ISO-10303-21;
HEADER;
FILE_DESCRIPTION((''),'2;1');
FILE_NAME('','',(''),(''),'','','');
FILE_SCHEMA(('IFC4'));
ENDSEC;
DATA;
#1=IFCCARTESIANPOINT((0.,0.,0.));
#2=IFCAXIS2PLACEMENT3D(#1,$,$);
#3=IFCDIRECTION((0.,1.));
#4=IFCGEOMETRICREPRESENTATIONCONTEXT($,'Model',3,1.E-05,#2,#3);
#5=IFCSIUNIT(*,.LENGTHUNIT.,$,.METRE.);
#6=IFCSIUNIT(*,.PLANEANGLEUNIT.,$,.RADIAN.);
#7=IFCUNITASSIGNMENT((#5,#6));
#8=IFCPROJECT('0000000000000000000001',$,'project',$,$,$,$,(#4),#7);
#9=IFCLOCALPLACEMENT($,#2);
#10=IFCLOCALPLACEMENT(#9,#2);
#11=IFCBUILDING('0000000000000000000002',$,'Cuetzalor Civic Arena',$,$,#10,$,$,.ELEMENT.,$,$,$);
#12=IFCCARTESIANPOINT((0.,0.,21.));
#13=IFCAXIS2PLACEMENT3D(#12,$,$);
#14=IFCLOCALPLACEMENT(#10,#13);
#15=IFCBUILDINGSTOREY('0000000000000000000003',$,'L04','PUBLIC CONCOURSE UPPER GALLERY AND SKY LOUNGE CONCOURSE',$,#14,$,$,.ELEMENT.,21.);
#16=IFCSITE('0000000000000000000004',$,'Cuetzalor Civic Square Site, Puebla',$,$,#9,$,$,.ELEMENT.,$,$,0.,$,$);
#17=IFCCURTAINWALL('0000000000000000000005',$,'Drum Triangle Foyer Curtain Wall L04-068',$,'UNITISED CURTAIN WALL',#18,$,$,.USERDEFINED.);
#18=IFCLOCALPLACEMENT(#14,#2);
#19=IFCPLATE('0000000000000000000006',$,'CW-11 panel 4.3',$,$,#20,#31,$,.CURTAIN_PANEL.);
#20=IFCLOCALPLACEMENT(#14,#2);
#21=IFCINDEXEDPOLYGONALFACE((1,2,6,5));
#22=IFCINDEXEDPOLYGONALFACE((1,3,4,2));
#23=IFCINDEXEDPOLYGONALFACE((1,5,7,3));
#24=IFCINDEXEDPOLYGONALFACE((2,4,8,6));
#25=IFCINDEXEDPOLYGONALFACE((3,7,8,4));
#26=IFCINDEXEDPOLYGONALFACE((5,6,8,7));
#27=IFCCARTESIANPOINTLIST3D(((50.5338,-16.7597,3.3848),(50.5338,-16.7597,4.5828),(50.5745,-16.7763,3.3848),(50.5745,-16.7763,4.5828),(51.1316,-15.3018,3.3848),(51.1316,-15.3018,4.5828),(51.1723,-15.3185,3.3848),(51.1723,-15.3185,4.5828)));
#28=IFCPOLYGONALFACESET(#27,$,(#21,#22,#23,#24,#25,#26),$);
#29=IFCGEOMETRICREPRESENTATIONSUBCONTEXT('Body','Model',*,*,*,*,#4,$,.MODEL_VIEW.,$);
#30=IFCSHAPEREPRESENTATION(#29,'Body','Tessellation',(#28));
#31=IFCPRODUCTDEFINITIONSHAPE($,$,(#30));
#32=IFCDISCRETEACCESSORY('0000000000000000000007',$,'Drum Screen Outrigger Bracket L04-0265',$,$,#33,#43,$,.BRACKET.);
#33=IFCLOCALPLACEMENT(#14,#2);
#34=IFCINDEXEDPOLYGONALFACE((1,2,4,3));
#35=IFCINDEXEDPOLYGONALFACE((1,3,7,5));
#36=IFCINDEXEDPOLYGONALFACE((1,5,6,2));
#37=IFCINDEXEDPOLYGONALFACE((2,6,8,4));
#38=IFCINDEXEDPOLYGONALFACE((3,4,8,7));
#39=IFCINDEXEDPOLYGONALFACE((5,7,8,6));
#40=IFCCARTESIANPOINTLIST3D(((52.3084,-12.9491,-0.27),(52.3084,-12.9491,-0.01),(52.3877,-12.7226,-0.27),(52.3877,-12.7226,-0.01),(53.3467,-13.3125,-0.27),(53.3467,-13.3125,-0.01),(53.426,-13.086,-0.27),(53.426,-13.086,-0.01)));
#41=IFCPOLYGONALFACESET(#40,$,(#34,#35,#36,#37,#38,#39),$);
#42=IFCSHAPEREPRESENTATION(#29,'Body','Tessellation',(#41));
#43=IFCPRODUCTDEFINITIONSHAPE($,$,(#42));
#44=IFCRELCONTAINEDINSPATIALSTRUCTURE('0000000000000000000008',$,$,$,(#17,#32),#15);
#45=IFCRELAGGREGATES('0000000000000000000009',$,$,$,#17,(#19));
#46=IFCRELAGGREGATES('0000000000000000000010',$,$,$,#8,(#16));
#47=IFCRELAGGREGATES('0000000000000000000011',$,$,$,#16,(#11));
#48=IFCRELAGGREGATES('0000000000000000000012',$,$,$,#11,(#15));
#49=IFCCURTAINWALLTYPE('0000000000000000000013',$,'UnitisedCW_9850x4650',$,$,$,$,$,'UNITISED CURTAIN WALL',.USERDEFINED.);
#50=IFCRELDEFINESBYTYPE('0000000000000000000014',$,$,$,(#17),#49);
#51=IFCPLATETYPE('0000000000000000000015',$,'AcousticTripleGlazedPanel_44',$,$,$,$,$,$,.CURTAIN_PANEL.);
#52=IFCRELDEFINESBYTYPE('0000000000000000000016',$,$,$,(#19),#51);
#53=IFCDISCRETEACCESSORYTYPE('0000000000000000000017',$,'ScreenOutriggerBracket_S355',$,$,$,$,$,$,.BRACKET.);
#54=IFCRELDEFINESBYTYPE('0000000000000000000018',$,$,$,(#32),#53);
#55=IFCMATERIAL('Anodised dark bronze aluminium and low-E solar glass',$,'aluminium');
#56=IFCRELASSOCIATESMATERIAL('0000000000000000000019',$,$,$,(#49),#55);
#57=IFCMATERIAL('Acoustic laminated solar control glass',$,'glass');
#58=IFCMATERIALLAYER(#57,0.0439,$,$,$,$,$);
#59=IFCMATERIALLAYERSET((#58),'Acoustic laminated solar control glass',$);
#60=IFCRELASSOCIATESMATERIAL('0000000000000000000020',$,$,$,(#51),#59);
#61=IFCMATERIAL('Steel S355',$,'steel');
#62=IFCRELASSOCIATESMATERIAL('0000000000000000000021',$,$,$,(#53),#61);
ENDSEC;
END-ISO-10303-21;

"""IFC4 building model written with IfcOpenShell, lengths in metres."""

from ifc_helpers import new_model, si_unit, direction, frame, origin, origin_2d, place, context, subcontext, project, spatial, rectangle, extrude, material, layer, layer_set, type_object, element, aggregate, save


model = new_model("IFC4")

# Units and contexts
model_context = context("Model", 3, precision=1e-05, world=origin(), true_north=direction((0.0, 1.0)))
body_context = subcontext(model_context, "Body", "Model", "MODEL_VIEW")
ifc_project = project(units=[si_unit("LENGTHUNIT", "METRE"), si_unit("PLANEANGLEUNIT", "RADIAN")], contexts=[model_context])

# Site, building, storey
site_placement = place(None, origin())
site = spatial("IfcSite", under=ifc_project, at=site_placement, Name="Cuetzalor Civic Square Site, Puebla", CompositionType="ELEMENT", RefElevation=0.0)
building_placement = place(site_placement, origin())
building = spatial("IfcBuilding", under=site, at=building_placement, Name="Cuetzalor Civic Arena", CompositionType="ELEMENT")
storey_placement = place(building_placement, frame((0.0, 0.0, 21.0)))
storey = spatial("IfcBuildingStorey", under=building, at=storey_placement, Name="L04", Description="PUBLIC CONCOURSE UPPER GALLERY AND SKY LOUNGE CONCOURSE", CompositionType="ELEMENT", Elevation=21.0)

# Curtain wall
ifc_material_1 = material(Name="Anodised dark bronze aluminium and low-E solar glass", Category="aluminium")
curtain_wall_type = type_object("IfcCurtainWallType", Name="UnitisedCW_9850x4650", ElementType="UNITISED CURTAIN WALL", PredefinedType="USERDEFINED", material=ifc_material_1)
curtain_wall_placement = place(storey_placement, origin())
curtain_wall = element("IfcCurtainWall", 1, at=curtain_wall_placement, inside=storey, type_object=curtain_wall_type, Name="Drum Triangle Foyer Curtain Wall L04-068", ObjectType="UNITISED CURTAIN WALL", PredefinedType="USERDEFINED")

# Plate
ifc_material_2 = material(Name="Acoustic laminated solar control glass", Category="glass")
ifc_layer = layer(ifc_material_2, 0.0439)
ifc_layer_set = layer_set([ifc_layer], Name="Acoustic laminated solar control glass")
plate_type = type_object("IfcPlateType", Name="AcousticTripleGlazedPanel_44", PredefinedType="CURTAIN_PANEL", material=ifc_layer_set)
plate_1_placement = place(storey_placement, frame((50.853, -16.0391, 3.3848), z_axis=(0.0, 0.0, 1.0), x_axis=(-0.379391, -0.925236, 0.0)))
plate_1 = element("IfcPlate", 2, at=plate_1_placement, type_object=plate_type, Name="CW-11 panel 4.3", PredefinedType="CURTAIN_PANEL", context=body_context, shape_type="SweptSolid", body=[
    extrude(rectangle(XDim=1.5757, YDim=0.0439, at=origin_2d()), origin(), (0.0, 0.0, 1.0), 1.198),
])
aggregate(curtain_wall, [plate_1])

# Discrete accessory
ifc_material_3 = material(Name="Steel S355", Category="steel")
discrete_accessory_type = type_object("IfcDiscreteAccessoryType", Name="ScreenOutriggerBracket_S355", PredefinedType="BRACKET", material=ifc_material_3)
discrete_accessory_placement = place(storey_placement, frame((52.8672, -13.0176, -0.27), z_axis=(0.0, 0.0, 1.0), x_axis=(0.943859, -0.33035, 0.0)))
element("IfcDiscreteAccessory", 3, at=discrete_accessory_placement, inside=storey, type_object=discrete_accessory_type, Name="Drum Screen Outrigger Bracket L04-0265", PredefinedType="BRACKET", context=body_context, shape_type="SweptSolid", body=[
    extrude(rectangle(XDim=1.1001, YDim=0.24, at=origin_2d()), origin(), (0.0, 0.0, 1.0), 0.26),
])

save(model, "model.ifc")
